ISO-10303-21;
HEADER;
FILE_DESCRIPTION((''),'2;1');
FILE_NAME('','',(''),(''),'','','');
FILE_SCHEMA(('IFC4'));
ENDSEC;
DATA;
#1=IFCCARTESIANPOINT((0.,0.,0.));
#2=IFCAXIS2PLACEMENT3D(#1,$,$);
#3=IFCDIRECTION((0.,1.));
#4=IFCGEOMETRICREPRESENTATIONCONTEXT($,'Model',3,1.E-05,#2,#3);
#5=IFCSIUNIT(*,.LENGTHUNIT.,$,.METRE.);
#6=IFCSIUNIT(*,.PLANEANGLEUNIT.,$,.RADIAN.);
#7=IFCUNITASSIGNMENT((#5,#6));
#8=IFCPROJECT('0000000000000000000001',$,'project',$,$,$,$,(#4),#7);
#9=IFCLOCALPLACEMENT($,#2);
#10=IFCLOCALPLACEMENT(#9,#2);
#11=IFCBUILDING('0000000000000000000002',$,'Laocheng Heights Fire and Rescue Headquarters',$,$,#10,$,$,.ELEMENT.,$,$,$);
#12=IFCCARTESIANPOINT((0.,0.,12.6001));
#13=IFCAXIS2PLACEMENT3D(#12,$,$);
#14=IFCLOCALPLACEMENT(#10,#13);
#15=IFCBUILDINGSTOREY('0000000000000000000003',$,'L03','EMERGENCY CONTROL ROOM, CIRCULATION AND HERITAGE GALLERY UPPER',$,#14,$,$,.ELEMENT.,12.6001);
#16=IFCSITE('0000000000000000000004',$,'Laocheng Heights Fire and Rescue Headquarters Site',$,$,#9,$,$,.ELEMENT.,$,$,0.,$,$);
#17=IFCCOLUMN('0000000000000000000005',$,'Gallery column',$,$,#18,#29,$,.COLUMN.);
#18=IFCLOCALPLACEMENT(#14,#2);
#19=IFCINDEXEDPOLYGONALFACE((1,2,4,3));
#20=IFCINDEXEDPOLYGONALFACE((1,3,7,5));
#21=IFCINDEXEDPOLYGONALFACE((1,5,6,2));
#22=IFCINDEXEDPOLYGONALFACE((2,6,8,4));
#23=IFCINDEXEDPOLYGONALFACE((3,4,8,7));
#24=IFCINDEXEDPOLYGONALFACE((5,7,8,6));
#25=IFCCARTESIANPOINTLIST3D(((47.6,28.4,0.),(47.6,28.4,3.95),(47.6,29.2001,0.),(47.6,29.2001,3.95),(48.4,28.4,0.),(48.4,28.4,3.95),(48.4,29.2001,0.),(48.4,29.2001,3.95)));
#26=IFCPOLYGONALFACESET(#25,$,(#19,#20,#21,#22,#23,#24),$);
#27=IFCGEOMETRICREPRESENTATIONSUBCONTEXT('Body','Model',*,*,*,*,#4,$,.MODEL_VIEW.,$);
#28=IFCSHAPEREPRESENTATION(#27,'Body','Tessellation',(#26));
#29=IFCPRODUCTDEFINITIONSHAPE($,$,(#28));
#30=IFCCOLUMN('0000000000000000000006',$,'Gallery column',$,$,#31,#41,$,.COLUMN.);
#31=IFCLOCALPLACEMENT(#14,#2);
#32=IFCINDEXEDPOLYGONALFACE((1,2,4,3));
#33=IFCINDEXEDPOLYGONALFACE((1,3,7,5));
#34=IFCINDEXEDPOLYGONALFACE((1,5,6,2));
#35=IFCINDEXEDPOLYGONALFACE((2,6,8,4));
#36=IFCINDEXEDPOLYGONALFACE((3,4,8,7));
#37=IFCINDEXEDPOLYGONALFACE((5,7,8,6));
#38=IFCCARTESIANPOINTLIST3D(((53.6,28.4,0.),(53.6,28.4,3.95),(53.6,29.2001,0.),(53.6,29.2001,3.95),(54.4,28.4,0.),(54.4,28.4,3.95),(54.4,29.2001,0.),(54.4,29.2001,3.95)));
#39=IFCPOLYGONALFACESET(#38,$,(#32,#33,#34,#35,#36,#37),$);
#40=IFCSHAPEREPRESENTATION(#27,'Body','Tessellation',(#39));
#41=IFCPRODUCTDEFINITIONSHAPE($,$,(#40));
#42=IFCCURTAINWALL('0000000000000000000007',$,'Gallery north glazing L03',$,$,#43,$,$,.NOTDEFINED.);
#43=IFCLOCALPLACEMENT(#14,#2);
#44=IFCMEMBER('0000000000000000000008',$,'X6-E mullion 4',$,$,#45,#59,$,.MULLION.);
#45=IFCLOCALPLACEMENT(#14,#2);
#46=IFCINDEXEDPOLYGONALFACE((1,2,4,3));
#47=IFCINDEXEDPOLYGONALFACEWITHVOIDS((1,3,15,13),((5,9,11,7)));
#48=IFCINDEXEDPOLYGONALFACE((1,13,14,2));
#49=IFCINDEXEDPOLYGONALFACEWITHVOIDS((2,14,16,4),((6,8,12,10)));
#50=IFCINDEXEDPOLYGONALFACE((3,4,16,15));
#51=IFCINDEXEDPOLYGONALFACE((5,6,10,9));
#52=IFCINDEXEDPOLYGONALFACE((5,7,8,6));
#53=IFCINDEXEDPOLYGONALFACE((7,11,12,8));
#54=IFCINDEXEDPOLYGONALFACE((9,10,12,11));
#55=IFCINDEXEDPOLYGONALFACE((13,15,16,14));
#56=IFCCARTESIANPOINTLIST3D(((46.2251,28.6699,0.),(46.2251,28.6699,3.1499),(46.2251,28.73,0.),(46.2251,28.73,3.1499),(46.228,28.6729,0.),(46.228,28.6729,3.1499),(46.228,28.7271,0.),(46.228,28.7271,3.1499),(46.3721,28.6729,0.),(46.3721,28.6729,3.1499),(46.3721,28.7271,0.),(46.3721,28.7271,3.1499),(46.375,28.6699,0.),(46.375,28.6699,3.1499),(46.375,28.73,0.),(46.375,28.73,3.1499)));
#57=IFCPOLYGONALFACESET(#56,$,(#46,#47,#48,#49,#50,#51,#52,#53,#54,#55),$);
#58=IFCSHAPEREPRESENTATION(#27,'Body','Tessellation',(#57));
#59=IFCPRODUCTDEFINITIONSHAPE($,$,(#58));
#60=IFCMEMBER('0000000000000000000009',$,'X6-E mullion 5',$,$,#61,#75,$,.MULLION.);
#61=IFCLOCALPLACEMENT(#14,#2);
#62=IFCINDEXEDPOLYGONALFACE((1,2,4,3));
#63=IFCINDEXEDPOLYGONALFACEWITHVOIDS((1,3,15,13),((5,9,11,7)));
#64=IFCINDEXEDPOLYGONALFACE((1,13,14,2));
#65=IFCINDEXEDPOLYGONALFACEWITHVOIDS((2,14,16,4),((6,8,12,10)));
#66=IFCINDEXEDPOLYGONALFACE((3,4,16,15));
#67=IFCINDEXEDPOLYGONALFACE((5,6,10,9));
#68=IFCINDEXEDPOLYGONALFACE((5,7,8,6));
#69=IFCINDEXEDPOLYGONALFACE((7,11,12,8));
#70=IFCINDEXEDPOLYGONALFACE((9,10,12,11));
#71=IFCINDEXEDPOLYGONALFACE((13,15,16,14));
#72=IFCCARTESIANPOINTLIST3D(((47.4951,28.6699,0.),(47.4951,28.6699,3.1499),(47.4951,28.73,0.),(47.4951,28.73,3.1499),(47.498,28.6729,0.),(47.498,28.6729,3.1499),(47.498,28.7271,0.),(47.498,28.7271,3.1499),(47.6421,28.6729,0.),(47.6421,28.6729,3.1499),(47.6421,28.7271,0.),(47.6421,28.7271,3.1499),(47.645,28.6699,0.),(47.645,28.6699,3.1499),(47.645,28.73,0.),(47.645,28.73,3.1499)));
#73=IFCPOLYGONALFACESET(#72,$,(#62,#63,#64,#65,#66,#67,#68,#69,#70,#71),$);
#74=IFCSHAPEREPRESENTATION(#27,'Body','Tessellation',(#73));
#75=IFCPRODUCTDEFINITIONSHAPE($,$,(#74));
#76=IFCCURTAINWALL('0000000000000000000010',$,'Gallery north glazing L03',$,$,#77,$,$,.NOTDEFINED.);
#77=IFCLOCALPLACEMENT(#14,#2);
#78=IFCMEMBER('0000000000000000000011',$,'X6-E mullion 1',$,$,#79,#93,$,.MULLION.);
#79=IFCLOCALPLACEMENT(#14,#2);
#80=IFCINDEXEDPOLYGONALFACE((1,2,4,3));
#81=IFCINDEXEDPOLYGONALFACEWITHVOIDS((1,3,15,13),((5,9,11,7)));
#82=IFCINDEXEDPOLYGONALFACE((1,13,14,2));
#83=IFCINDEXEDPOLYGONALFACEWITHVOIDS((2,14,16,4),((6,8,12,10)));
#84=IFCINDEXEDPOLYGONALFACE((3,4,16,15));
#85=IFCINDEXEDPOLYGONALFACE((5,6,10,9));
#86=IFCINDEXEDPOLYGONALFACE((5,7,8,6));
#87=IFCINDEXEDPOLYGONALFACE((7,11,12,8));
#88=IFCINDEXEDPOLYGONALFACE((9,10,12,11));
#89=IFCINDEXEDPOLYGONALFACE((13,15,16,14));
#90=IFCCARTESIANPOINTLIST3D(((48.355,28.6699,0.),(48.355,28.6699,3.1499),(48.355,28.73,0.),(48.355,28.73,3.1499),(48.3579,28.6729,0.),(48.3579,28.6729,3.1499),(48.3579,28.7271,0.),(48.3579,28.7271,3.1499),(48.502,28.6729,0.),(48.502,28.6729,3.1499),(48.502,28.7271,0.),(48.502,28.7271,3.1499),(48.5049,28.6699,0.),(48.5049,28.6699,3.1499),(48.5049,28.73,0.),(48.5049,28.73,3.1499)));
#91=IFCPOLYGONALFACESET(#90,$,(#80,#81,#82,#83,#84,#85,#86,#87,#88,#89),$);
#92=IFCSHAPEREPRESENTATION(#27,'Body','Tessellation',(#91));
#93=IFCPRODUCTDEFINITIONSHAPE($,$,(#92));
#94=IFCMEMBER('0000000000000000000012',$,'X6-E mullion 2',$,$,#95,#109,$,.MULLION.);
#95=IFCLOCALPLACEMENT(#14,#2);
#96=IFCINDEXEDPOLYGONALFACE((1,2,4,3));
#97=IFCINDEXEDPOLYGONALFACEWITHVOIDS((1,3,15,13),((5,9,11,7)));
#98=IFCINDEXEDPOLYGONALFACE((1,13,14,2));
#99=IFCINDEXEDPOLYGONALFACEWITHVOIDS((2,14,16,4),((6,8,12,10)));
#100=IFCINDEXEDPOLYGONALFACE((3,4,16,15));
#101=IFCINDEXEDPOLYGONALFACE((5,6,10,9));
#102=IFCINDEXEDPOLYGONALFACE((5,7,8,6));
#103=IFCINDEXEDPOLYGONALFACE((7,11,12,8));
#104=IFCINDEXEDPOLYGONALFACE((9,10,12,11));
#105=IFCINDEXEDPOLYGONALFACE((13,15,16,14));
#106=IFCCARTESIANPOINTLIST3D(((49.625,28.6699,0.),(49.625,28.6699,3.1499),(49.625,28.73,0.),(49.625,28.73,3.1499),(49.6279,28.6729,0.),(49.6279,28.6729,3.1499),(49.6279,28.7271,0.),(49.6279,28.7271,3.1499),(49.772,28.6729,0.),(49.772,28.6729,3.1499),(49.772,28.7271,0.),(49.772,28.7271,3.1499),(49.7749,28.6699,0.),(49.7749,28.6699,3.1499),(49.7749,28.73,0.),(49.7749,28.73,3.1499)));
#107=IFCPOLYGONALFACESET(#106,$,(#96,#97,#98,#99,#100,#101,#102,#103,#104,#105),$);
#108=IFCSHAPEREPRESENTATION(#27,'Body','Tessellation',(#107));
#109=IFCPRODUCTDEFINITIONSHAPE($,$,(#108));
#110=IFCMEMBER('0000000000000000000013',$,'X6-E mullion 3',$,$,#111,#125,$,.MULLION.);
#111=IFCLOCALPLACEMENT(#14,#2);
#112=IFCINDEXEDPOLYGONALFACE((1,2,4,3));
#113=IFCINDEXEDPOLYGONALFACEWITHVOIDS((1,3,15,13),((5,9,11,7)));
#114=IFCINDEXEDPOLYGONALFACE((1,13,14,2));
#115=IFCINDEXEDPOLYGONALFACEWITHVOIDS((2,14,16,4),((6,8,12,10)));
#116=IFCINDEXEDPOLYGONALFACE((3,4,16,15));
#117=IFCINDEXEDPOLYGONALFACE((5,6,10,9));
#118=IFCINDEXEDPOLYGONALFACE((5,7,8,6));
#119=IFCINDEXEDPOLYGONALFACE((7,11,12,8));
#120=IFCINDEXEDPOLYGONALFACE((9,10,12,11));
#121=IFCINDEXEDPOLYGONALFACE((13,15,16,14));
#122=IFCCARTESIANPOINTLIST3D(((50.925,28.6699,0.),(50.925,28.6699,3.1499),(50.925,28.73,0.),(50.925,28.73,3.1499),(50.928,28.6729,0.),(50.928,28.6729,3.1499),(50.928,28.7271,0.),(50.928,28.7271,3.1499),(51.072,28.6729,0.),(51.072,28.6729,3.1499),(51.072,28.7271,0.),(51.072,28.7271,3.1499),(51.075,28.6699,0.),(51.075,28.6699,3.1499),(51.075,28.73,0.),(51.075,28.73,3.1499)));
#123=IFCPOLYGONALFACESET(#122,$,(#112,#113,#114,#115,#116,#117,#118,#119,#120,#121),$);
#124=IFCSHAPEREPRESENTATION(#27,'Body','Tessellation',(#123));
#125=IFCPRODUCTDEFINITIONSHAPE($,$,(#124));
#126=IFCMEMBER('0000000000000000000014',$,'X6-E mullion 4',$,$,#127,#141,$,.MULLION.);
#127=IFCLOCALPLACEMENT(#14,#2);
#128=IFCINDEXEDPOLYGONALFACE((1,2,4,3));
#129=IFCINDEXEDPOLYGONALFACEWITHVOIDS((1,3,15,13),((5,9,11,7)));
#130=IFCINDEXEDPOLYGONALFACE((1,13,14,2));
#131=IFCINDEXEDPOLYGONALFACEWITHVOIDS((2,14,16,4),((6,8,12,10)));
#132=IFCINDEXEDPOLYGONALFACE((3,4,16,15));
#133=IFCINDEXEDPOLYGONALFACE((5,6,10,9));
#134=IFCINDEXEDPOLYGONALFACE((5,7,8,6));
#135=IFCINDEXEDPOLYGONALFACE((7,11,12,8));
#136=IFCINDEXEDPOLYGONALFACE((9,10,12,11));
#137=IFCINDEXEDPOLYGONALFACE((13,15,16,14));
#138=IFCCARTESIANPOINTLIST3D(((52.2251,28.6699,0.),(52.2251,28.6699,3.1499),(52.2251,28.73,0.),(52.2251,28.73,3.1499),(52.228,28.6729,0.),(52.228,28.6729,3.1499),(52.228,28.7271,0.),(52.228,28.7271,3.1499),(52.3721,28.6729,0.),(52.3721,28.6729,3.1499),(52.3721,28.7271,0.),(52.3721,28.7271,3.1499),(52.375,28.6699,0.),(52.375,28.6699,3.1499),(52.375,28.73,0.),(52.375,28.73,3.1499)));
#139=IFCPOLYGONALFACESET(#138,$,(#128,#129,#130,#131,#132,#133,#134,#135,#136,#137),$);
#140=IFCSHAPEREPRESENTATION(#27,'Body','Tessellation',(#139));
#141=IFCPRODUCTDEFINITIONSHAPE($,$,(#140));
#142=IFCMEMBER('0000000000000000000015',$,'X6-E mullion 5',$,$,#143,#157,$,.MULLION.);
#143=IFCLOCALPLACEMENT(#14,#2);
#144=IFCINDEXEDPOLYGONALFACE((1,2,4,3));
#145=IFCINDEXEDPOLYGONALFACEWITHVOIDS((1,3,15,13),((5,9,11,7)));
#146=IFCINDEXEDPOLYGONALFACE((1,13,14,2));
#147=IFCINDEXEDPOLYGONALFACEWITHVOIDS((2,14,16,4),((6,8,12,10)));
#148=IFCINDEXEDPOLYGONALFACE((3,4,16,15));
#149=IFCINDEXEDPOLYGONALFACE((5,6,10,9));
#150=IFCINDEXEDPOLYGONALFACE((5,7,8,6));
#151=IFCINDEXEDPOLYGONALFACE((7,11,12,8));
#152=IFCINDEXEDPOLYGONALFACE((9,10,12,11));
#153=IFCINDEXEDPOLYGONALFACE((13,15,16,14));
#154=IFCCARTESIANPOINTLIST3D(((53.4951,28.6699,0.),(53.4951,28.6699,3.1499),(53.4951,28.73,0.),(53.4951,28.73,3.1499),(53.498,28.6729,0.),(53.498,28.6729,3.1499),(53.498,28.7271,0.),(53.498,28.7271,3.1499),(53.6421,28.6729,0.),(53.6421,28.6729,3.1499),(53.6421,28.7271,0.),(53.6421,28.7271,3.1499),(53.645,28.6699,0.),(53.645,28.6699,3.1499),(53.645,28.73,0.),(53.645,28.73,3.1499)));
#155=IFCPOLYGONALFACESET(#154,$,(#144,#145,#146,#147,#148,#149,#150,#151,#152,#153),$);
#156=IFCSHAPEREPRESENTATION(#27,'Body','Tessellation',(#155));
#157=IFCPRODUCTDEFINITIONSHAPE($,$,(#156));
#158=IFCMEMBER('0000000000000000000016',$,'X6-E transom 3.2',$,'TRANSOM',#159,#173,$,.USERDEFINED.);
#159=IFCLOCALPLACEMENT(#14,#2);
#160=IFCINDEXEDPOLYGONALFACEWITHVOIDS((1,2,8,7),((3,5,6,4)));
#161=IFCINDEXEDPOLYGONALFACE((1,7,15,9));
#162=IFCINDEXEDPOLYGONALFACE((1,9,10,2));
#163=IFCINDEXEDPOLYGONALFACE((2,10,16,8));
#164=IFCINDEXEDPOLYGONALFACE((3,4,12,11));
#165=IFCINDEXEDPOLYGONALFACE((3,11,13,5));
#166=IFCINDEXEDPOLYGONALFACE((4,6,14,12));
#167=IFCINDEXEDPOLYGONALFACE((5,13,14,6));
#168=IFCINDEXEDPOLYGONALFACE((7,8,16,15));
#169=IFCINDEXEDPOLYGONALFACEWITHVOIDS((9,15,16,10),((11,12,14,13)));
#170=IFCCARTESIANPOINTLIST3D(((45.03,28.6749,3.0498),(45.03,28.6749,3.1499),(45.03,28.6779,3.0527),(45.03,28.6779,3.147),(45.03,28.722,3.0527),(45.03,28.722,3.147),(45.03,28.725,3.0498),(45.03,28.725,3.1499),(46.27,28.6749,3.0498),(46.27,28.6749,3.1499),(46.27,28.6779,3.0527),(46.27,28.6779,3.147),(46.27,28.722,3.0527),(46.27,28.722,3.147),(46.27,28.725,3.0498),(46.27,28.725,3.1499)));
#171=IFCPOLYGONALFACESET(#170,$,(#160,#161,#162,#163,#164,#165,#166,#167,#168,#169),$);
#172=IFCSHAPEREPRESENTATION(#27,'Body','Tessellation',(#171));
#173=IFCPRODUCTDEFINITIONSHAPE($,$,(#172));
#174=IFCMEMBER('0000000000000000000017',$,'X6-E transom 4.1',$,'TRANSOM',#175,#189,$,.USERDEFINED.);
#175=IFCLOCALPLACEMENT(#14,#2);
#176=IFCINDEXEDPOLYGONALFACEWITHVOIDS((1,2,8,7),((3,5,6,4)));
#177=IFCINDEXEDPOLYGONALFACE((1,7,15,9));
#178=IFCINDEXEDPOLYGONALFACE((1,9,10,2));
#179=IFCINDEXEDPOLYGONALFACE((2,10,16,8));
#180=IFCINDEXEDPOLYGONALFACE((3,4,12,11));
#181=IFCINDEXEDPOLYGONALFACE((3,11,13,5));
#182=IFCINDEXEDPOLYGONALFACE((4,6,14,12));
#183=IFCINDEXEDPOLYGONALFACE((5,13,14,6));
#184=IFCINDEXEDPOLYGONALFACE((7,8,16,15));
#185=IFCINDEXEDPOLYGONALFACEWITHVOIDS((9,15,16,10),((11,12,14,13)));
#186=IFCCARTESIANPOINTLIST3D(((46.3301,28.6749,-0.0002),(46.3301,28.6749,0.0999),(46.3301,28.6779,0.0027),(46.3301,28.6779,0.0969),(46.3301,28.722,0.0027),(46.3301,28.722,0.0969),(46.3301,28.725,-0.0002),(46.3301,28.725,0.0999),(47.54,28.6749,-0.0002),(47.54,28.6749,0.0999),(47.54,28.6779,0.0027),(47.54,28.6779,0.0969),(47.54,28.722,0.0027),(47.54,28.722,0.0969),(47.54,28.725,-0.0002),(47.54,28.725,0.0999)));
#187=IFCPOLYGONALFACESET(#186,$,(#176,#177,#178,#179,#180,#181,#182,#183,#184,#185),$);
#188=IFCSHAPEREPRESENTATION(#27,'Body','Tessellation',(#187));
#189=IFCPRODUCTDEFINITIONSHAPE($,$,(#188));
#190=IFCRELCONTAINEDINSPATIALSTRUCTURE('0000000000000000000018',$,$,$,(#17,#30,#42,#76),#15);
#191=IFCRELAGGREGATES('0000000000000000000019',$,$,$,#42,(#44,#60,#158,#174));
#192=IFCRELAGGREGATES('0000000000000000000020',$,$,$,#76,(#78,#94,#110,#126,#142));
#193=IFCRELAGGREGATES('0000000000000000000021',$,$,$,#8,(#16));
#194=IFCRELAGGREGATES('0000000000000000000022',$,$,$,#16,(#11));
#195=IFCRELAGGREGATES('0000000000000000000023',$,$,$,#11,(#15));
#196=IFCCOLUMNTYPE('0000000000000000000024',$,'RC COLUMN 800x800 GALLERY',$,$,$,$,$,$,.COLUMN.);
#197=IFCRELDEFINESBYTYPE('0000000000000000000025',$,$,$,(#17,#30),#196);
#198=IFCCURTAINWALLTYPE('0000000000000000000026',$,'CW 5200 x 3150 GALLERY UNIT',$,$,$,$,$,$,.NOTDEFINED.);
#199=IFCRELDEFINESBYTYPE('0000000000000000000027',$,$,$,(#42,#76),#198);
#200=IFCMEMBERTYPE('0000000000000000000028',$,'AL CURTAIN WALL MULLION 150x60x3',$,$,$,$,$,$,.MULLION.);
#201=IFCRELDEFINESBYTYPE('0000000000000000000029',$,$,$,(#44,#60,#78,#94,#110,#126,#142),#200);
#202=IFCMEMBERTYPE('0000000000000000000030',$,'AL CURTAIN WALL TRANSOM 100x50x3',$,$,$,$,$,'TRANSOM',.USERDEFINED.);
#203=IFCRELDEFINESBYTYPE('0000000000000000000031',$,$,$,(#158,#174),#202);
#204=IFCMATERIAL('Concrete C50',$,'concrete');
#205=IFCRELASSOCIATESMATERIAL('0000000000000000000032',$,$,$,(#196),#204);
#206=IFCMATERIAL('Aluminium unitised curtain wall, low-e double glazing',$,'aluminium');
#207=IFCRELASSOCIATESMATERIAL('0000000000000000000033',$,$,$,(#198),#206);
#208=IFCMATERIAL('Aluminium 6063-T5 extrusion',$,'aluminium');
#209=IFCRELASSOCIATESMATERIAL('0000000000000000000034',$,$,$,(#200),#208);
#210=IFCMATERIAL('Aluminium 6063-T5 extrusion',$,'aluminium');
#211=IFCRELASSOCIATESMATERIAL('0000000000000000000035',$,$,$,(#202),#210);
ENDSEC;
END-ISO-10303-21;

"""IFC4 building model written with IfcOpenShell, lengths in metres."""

from ifc_helpers import new_model, si_unit, direction, frame, origin, origin_2d, place, context, subcontext, project, spatial, rectangle, hollow_rectangle, extrude, material, material_profile, profile_set, type_object, element, aggregate, save


model = new_model("IFC4")

# Units and contexts
model_context = context("Model", 3, precision=1e-05, world=origin(), true_north=direction((0.0, 1.0)))
body_context = subcontext(model_context, "Body", "Model", "MODEL_VIEW")
ifc_project = project(units=[si_unit("LENGTHUNIT", "METRE"), si_unit("PLANEANGLEUNIT", "RADIAN")], contexts=[model_context])

# Site, building, storey
site_placement = place(None, origin())
site = spatial("IfcSite", under=ifc_project, at=site_placement, Name="Laocheng Heights Fire and Rescue Headquarters Site", CompositionType="ELEMENT", RefElevation=0.0)
building_placement = place(site_placement, origin())
building = spatial("IfcBuilding", under=site, at=building_placement, Name="Laocheng Heights Fire and Rescue Headquarters", CompositionType="ELEMENT")
storey_placement = place(building_placement, frame((0.0, 0.0, 12.6001)))
storey = spatial("IfcBuildingStorey", under=building, at=storey_placement, Name="L03", Description="EMERGENCY CONTROL ROOM, CIRCULATION AND HERITAGE GALLERY UPPER", CompositionType="ELEMENT", Elevation=12.6001)

# Columns
ifc_material_1 = material(Name="Concrete C50", Category="concrete")
ifc_material_profile_1 = material_profile(ifc_material_1, rectangle(XDim=0.8, YDim=0.8, at=origin_2d()), Name="RC COLUMN 800x800 GALLERY")
ifc_profile_set_1 = profile_set([ifc_material_profile_1], Name="Concrete C50")
column_type = type_object("IfcColumnType", Name="RC COLUMN 800x800 GALLERY", PredefinedType="COLUMN", material=ifc_profile_set_1)
for number, where, z_axis, x_axis, name in (
    (1, (48.0, 28.8, 0.0), (0.0, 0.0, 1.0), (1.0, 0.0, 0.0), "Gallery column"),
    (2, (54.0, 28.8, 0.0), (0.0, 0.0, 1.0), (1.0, 0.0, 0.0), "Gallery column"),
):
    element("IfcColumn", number, at=place(storey_placement, frame(where, z_axis=z_axis, x_axis=x_axis)), inside=storey, type_object=column_type, Name=name, PredefinedType="COLUMN", context=body_context, shape_type="SweptSolid", body=[
        extrude(rectangle(XDim=0.8, YDim=0.8, at=origin_2d()), origin(), (0.0, 0.0, 1.0), 3.95),
    ])

# Curtain walls, members
ifc_material_2 = material(Name="Aluminium unitised curtain wall, low-e double glazing", Category="aluminium")
curtain_wall_type = type_object("IfcCurtainWallType", Name="CW 5200 x 3150 GALLERY UNIT", PredefinedType="NOTDEFINED", material=ifc_material_2)
curtain_wall_1_placement = place(storey_placement, origin())
curtain_wall_1 = element("IfcCurtainWall", 3, at=curtain_wall_1_placement, inside=storey, type_object=curtain_wall_type, Name="Gallery north glazing L03", PredefinedType="NOTDEFINED")
ifc_material_3 = material(Name="Aluminium 6063-T5 extrusion", Category="aluminium")
ifc_material_profile_2 = material_profile(ifc_material_3, hollow_rectangle(XDim=0.0601, YDim=0.1499, WallThickness=0.0029, at=origin_2d()), Name="AL MULLION 150x60x3")
ifc_profile_set_2 = profile_set([ifc_material_profile_2], Name="Aluminium 6063-T5 extrusion")
member_type_1 = type_object("IfcMemberType", Name="AL CURTAIN WALL MULLION 150x60x3", PredefinedType="MULLION", material=ifc_profile_set_2)
member_1_placement = place(storey_placement, frame((46.3, 28.7, 0.0), z_axis=(0.0, 0.0, 1.0), x_axis=(0.0, 1.0, 0.0)))
member_1 = element("IfcMember", 4, at=member_1_placement, type_object=member_type_1, Name="X6-E mullion 4", PredefinedType="MULLION", context=body_context, shape_type="SweptSolid", body=[
    extrude(hollow_rectangle(XDim=0.0601, YDim=0.1499, WallThickness=0.0029, at=origin_2d()), origin(), (0.0, 0.0, 1.0), 3.1499),
])
member_2_placement = place(storey_placement, frame((47.5701, 28.7, 0.0), z_axis=(0.0, 0.0, 1.0), x_axis=(0.0, 1.0, 0.0)))
member_2 = element("IfcMember", 5, at=member_2_placement, type_object=member_type_1, Name="X6-E mullion 5", PredefinedType="MULLION", context=body_context, shape_type="SweptSolid", body=[
    extrude(hollow_rectangle(XDim=0.0601, YDim=0.1499, WallThickness=0.0029, at=origin_2d()), origin(), (0.0, 0.0, 1.0), 3.1499),
])
curtain_wall_2_placement = place(storey_placement, origin())
curtain_wall_2 = element("IfcCurtainWall", 6, at=curtain_wall_2_placement, inside=storey, type_object=curtain_wall_type, Name="Gallery north glazing L03", PredefinedType="NOTDEFINED")
member_3_placement = place(storey_placement, frame((48.4299, 28.7, 0.0), z_axis=(0.0, 0.0, 1.0), x_axis=(0.0, 1.0, 0.0)))
member_3 = element("IfcMember", 7, at=member_3_placement, type_object=member_type_1, Name="X6-E mullion 1", PredefinedType="MULLION", context=body_context, shape_type="SweptSolid", body=[
    extrude(hollow_rectangle(XDim=0.0601, YDim=0.1499, WallThickness=0.0029, at=origin_2d()), origin(), (0.0, 0.0, 1.0), 3.1499),
])
member_4_placement = place(storey_placement, frame((49.7, 28.7, 0.0), z_axis=(0.0, 0.0, 1.0), x_axis=(0.0, 1.0, 0.0)))
member_4 = element("IfcMember", 8, at=member_4_placement, type_object=member_type_1, Name="X6-E mullion 2", PredefinedType="MULLION", context=body_context, shape_type="SweptSolid", body=[
    extrude(hollow_rectangle(XDim=0.0601, YDim=0.1499, WallThickness=0.0029, at=origin_2d()), origin(), (0.0, 0.0, 1.0), 3.1499),
])
member_5_placement = place(storey_placement, frame((51.0, 28.7, 0.0), z_axis=(0.0, 0.0, 1.0), x_axis=(0.0, 1.0, 0.0)))
member_5 = element("IfcMember", 9, at=member_5_placement, type_object=member_type_1, Name="X6-E mullion 3", PredefinedType="MULLION", context=body_context, shape_type="SweptSolid", body=[
    extrude(hollow_rectangle(XDim=0.0601, YDim=0.1499, WallThickness=0.0029, at=origin_2d()), origin(), (0.0, 0.0, 1.0), 3.1499),
])
member_6_placement = place(storey_placement, frame((52.3, 28.7, 0.0), z_axis=(0.0, 0.0, 1.0), x_axis=(0.0, 1.0, 0.0)))
member_6 = element("IfcMember", 10, at=member_6_placement, type_object=member_type_1, Name="X6-E mullion 4", PredefinedType="MULLION", context=body_context, shape_type="SweptSolid", body=[
    extrude(hollow_rectangle(XDim=0.0601, YDim=0.1499, WallThickness=0.0029, at=origin_2d()), origin(), (0.0, 0.0, 1.0), 3.1499),
])
member_7_placement = place(storey_placement, frame((53.5701, 28.7, 0.0), z_axis=(0.0, 0.0, 1.0), x_axis=(0.0, 1.0, 0.0)))
member_7 = element("IfcMember", 11, at=member_7_placement, type_object=member_type_1, Name="X6-E mullion 5", PredefinedType="MULLION", context=body_context, shape_type="SweptSolid", body=[
    extrude(hollow_rectangle(XDim=0.0601, YDim=0.1499, WallThickness=0.0029, at=origin_2d()), origin(), (0.0, 0.0, 1.0), 3.1499),
])

# Members
ifc_material_4 = material(Name="Aluminium 6063-T5 extrusion", Category="aluminium")
ifc_material_profile_3 = material_profile(ifc_material_4, hollow_rectangle(XDim=0.05, YDim=0.1001, WallThickness=0.0029, at=origin_2d()), Name="AL TRANSOM 100x50x3")
ifc_profile_set_3 = profile_set([ifc_material_profile_3], Name="Aluminium 6063-T5 extrusion")
member_type_2 = type_object("IfcMemberType", Name="AL CURTAIN WALL TRANSOM 100x50x3", ElementType="TRANSOM", PredefinedType="USERDEFINED", material=ifc_profile_set_3)
member_8_placement = place(storey_placement, frame((45.03, 28.7, 3.0999), z_axis=(1.0, 0.0, 0.0), x_axis=(0.0, 1.0, 0.0)))
member_8 = element("IfcMember", 12, at=member_8_placement, type_object=member_type_2, Name="X6-E transom 3.2", ObjectType="TRANSOM", PredefinedType="USERDEFINED", context=body_context, shape_type="SweptSolid", body=[
    extrude(hollow_rectangle(XDim=0.05, YDim=0.1001, WallThickness=0.0029, at=origin_2d()), origin(), (0.0, 0.0, 1.0), 1.24),
])
member_9_placement = place(storey_placement, frame((46.3301, 28.7, 0.0498), z_axis=(1.0, 0.0, 0.0), x_axis=(0.0, 1.0, 0.0)))
member_9 = element("IfcMember", 13, at=member_9_placement, type_object=member_type_2, Name="X6-E transom 4.1", ObjectType="TRANSOM", PredefinedType="USERDEFINED", context=body_context, shape_type="SweptSolid", body=[
    extrude(hollow_rectangle(XDim=0.05, YDim=0.1001, WallThickness=0.0029, at=origin_2d()), origin(), (0.0, 0.0, 1.0), 1.21),
])

aggregate(curtain_wall_1, [member_1, member_2, member_8, member_9])
aggregate(curtain_wall_2, [member_3, member_4, member_5, member_6, member_7])

save(model, "model.ifc")
